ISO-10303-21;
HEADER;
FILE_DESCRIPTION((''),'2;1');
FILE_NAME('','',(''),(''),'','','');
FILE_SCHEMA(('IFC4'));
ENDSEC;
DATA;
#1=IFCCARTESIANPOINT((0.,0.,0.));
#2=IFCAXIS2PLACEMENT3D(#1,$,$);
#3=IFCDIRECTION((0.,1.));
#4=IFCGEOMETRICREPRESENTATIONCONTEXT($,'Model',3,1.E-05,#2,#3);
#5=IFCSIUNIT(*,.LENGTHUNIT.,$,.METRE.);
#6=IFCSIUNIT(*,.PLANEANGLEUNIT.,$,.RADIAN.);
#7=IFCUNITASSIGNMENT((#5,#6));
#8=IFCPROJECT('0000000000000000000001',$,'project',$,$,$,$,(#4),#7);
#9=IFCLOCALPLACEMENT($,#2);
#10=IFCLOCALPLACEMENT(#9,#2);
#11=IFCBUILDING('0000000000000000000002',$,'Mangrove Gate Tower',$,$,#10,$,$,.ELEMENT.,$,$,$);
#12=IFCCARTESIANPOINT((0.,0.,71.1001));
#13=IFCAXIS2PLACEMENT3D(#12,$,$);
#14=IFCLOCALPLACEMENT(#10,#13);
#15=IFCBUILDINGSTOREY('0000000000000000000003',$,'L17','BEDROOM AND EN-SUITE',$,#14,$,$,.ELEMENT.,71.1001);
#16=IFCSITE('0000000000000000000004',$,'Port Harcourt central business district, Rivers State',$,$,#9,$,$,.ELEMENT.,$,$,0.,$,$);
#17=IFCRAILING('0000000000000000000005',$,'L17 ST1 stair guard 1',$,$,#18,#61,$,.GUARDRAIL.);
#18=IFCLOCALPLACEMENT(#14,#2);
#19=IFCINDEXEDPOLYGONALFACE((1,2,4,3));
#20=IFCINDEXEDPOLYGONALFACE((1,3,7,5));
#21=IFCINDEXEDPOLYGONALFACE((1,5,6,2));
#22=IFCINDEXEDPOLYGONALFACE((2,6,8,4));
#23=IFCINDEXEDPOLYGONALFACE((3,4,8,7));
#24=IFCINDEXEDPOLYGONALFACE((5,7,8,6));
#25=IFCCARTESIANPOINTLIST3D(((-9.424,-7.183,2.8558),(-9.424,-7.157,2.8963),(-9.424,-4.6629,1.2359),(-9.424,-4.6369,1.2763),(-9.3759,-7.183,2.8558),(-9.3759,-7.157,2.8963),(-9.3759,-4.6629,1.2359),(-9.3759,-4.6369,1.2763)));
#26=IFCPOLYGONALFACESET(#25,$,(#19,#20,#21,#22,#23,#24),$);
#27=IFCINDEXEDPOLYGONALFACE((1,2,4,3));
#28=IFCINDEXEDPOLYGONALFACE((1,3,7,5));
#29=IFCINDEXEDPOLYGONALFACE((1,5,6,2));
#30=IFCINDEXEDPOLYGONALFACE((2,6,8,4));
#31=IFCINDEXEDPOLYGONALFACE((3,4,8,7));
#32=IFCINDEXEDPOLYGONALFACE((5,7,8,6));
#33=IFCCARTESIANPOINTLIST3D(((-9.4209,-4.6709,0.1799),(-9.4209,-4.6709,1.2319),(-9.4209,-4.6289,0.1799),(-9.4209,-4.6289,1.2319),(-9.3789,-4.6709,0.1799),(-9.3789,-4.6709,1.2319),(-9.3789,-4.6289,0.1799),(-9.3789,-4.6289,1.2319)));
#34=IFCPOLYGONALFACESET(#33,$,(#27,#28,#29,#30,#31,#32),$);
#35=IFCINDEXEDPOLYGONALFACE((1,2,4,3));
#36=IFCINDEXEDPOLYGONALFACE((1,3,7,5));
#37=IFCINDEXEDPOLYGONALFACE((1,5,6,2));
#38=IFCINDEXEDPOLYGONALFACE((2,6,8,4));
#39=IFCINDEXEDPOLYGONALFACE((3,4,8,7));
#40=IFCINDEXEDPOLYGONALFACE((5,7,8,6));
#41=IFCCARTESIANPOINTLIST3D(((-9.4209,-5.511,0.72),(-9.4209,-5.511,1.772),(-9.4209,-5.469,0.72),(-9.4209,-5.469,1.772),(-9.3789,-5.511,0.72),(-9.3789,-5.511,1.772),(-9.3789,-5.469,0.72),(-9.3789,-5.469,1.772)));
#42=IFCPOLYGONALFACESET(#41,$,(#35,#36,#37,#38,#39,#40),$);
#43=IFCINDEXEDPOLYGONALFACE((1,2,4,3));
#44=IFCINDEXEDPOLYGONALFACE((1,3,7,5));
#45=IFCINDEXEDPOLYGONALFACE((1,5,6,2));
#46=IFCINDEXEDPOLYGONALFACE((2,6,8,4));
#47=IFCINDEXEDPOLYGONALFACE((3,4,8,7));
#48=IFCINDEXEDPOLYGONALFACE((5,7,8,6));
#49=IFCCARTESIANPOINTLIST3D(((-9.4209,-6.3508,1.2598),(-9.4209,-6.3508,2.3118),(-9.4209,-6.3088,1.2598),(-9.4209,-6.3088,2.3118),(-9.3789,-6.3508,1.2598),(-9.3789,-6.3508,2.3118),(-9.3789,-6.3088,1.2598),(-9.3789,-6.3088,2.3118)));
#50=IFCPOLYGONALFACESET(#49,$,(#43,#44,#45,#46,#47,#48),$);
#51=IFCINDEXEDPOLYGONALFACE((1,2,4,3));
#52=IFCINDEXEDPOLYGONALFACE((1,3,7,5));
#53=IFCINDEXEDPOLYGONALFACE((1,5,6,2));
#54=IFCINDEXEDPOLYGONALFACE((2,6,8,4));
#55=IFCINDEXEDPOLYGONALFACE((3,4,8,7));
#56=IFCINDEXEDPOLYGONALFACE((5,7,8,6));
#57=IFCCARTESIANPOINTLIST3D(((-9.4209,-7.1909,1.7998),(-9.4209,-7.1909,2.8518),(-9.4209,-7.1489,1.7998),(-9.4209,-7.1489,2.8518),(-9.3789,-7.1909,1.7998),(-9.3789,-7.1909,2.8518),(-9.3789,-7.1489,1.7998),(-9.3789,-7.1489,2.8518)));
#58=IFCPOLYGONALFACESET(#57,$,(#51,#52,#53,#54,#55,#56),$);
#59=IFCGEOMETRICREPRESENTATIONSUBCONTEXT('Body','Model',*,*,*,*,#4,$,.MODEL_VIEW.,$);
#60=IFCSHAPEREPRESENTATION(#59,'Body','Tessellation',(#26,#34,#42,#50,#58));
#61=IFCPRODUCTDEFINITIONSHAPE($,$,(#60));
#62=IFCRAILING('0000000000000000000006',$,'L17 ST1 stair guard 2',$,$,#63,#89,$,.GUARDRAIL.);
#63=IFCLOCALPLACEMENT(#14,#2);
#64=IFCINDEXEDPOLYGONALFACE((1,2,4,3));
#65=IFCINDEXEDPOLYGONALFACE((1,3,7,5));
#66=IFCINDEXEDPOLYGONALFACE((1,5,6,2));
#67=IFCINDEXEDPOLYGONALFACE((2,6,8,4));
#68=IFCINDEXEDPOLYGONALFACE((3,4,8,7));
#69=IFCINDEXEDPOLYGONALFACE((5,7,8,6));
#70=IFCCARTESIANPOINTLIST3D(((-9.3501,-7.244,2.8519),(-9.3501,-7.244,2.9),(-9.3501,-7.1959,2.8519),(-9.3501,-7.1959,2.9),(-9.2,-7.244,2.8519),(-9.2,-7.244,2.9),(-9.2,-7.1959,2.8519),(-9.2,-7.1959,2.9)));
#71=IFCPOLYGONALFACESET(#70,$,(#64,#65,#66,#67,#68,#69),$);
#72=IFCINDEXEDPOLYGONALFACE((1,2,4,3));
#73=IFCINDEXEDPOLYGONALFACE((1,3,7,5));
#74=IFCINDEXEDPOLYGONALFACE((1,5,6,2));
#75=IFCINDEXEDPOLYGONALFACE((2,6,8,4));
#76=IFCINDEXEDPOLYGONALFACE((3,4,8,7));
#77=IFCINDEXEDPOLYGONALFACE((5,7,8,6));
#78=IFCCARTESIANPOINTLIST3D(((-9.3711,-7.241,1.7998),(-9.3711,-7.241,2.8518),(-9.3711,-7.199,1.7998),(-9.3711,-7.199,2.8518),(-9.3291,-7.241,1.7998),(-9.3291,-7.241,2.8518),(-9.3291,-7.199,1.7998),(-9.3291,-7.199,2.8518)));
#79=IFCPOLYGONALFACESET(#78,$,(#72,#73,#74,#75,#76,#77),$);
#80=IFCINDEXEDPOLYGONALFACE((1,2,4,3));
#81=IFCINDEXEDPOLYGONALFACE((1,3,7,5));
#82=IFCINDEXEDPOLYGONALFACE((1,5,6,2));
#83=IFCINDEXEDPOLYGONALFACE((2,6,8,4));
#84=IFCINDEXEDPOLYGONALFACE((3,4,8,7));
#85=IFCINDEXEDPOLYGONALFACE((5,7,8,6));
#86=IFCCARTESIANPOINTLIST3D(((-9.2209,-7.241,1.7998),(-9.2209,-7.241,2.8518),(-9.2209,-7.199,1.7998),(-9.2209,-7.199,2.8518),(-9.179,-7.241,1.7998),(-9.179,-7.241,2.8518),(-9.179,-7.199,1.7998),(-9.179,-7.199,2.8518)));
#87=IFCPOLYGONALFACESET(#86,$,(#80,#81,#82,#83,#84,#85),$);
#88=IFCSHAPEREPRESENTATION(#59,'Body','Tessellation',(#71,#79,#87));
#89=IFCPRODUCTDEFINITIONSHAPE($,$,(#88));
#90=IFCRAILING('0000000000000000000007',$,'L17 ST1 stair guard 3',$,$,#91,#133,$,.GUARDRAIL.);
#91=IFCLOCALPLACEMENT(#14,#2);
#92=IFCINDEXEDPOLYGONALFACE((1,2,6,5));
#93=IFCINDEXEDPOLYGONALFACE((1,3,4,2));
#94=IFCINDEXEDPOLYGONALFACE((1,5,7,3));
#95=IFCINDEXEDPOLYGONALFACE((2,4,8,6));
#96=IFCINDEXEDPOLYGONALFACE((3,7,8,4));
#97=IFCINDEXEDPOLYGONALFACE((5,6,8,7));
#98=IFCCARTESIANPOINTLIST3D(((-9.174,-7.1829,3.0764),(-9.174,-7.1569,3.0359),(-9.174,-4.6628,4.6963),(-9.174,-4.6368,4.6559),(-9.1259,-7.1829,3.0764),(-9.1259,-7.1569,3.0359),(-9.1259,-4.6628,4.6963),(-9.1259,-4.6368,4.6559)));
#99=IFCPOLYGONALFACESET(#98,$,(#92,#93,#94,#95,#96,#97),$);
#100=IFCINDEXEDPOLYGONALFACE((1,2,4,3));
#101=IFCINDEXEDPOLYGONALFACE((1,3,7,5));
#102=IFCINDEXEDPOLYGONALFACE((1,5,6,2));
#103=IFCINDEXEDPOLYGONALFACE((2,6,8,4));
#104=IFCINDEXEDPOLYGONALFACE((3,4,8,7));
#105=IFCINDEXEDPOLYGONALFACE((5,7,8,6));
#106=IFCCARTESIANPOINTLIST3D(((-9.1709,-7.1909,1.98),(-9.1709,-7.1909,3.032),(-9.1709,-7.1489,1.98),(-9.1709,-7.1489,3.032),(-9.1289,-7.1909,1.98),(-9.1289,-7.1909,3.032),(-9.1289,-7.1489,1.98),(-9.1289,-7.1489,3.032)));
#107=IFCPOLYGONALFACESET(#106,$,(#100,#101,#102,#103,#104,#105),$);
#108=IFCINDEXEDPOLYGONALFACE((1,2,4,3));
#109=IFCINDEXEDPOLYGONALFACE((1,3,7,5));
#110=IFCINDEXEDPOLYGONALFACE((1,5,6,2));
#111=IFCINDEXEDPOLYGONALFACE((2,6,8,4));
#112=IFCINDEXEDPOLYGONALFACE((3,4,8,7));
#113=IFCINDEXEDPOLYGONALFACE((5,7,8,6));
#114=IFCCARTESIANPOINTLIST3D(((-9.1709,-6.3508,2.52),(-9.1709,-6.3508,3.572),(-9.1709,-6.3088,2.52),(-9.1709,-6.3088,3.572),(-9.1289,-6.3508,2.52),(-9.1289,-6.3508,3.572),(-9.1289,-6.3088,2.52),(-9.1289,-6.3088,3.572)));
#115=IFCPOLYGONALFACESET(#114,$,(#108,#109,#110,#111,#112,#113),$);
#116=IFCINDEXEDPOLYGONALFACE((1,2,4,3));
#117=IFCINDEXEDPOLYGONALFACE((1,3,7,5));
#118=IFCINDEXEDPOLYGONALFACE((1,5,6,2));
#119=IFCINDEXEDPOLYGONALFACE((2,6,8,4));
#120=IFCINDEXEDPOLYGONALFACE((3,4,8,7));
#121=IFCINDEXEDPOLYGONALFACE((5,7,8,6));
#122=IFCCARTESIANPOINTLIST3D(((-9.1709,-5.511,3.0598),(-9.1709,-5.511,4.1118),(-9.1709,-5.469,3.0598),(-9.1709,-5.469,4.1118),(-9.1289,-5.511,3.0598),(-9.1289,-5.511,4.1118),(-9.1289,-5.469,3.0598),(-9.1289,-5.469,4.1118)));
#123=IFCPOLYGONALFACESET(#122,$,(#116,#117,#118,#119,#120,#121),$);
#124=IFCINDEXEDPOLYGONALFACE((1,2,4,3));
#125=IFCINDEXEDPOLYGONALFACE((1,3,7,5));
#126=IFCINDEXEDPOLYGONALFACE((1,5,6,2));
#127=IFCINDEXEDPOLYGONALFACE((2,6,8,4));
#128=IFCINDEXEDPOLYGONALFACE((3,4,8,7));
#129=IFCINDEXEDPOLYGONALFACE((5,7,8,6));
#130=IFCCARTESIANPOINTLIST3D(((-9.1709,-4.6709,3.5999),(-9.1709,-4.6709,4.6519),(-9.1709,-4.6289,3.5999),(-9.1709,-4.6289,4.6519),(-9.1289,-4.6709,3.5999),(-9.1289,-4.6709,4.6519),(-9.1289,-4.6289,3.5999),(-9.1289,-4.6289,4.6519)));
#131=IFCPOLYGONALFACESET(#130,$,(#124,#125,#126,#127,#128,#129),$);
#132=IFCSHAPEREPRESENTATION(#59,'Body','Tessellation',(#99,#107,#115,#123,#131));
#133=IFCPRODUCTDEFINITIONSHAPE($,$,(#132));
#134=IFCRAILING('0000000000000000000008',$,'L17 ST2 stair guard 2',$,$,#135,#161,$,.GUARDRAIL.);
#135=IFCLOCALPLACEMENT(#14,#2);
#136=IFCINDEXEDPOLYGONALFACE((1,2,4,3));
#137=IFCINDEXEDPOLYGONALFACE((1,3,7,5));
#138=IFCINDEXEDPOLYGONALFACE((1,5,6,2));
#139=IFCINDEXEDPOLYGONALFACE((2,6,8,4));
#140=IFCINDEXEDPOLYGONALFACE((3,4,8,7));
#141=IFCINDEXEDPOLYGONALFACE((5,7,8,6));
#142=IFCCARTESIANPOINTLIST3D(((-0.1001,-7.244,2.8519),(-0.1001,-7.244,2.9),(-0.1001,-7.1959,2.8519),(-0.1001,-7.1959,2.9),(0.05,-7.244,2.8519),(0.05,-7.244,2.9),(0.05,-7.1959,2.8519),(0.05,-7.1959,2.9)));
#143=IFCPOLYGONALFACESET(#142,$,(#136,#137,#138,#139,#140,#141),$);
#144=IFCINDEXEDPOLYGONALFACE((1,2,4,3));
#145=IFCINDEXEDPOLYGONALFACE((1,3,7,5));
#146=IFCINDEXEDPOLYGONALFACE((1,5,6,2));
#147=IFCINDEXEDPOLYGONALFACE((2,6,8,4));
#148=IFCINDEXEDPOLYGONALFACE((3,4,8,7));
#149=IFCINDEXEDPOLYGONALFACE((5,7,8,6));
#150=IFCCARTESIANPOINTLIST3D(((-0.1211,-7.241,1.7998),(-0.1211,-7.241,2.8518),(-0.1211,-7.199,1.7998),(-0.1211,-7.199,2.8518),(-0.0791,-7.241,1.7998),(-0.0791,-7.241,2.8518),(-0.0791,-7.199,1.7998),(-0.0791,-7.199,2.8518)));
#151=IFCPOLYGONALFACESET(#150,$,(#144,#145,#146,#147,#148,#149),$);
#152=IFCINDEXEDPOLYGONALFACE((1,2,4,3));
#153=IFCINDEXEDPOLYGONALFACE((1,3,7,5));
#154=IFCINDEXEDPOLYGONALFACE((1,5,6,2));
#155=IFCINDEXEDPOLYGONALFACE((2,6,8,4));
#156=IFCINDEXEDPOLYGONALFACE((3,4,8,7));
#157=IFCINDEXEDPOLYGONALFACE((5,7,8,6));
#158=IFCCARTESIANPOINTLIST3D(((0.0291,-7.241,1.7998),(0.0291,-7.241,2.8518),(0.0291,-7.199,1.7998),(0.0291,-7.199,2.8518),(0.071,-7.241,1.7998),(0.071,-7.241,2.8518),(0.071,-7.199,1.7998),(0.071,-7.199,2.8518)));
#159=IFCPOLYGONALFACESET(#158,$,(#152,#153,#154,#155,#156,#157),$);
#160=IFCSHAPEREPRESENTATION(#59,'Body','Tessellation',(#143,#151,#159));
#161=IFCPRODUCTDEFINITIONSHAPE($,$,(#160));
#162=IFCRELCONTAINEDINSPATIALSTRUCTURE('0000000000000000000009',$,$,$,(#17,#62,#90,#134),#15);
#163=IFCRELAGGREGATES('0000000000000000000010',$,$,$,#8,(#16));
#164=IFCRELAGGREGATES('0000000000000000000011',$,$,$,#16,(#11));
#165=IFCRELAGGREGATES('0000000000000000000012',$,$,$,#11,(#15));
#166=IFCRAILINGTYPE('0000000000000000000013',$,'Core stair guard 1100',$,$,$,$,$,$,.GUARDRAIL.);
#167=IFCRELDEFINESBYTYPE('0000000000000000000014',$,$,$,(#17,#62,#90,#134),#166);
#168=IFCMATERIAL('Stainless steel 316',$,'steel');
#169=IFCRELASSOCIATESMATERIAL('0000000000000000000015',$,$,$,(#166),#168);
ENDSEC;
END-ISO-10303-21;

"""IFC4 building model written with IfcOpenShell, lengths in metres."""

from ifc_helpers import new_model, si_unit, direction, frame, origin, origin_2d, place, context, subcontext, project, spatial, rectangle, extrude, material, type_object, element, save


model = new_model("IFC4")

# Units and contexts
model_context = context("Model", 3, precision=1e-05, world=origin(), true_north=direction((0.0, 1.0)))
body_context = subcontext(model_context, "Body", "Model", "MODEL_VIEW")
ifc_project = project(units=[si_unit("LENGTHUNIT", "METRE"), si_unit("PLANEANGLEUNIT", "RADIAN")], contexts=[model_context])

# Site, building, storey
site_placement = place(None, origin())
site = spatial("IfcSite", under=ifc_project, at=site_placement, Name="Port Harcourt central business district, Rivers State", CompositionType="ELEMENT", RefElevation=0.0)
building_placement = place(site_placement, origin())
building = spatial("IfcBuilding", under=site, at=building_placement, Name="Mangrove Gate Tower", CompositionType="ELEMENT")
storey_placement = place(building_placement, frame((0.0, 0.0, 71.1001)))
storey = spatial("IfcBuildingStorey", under=building, at=storey_placement, Name="L17", Description="BEDROOM AND EN-SUITE", CompositionType="ELEMENT", Elevation=71.1001)

# Railings
ifc_material_1 = material(Name="Stainless steel 316", Category="steel")
railing_type_1 = type_object("IfcRailingType", Name="Core stair guard 1100", PredefinedType="GUARDRAIL", material=ifc_material_1)
railing_1_placement = place(storey_placement, frame((-9.3999, -4.6499, 0.1799)))
element("IfcRailing", 1, at=railing_1_placement, inside=storey, type_object=railing_type_1, Name="L17 ST1 stair guard 1", PredefinedType="GUARDRAIL", context=body_context, shape_type="SweptSolid", body=[
    extrude(rectangle(XDim=0.0481, YDim=0.0481, at=origin_2d()), frame((0.0, 0.0, 1.0762), z_axis=(0.0, -0.8412, 0.540725), x_axis=(1.0, 0.0, 0.0)), (0.0, 0.0, 1.0), 2.9958),
    extrude(rectangle(XDim=0.042, YDim=0.042, at=origin_2d()), origin(), (0.0, 0.0, 1.0), 1.052),
    extrude(rectangle(XDim=0.042, YDim=0.042, at=origin_2d()), frame((0.0, -0.8401, 0.54)), (0.0, 0.0, 1.0), 1.052),
    extrude(rectangle(XDim=0.042, YDim=0.042, at=origin_2d()), frame((0.0, -1.6799, 1.0798)), (0.0, 0.0, 1.0), 1.052),
    extrude(rectangle(XDim=0.042, YDim=0.042, at=origin_2d()), frame((0.0, -2.52, 1.6199)), (0.0, 0.0, 1.0), 1.052),
])
railing_2_placement = place(storey_placement, frame((-9.3501, -7.22, 1.7998)))
element("IfcRailing", 2, at=railing_2_placement, inside=storey, type_object=railing_type_1, Name="L17 ST1 stair guard 2", PredefinedType="GUARDRAIL", context=body_context, shape_type="SweptSolid", body=[
    extrude(rectangle(XDim=0.0481, YDim=0.0481, at=origin_2d()), frame((0.0, 0.0, 1.0762), z_axis=(1.0, 0.0, 0.0), x_axis=(0.0, 1.0, 0.0)), (0.0, 0.0, 1.0), 0.1501),
    extrude(rectangle(XDim=0.042, YDim=0.042, at=origin_2d()), origin(), (0.0, 0.0, 1.0), 1.052),
    extrude(rectangle(XDim=0.042, YDim=0.042, at=origin_2d()), frame((0.1501, 0.0, 0.0)), (0.0, 0.0, 1.0), 1.052),
])
railing_3_placement = place(storey_placement, frame((-9.1499, -7.1699, 1.98)))
element("IfcRailing", 3, at=railing_3_placement, inside=storey, type_object=railing_type_1, Name="L17 ST1 stair guard 3", PredefinedType="GUARDRAIL", context=body_context, shape_type="SweptSolid", body=[
    extrude(rectangle(XDim=0.0481, YDim=0.0481, at=origin_2d()), frame((0.0, 0.0, 1.0762), z_axis=(0.0, 0.8412, 0.540725), x_axis=(-1.0, 0.0, 0.0)), (0.0, 0.0, 1.0), 2.9958),
    extrude(rectangle(XDim=0.042, YDim=0.042, at=origin_2d()), origin(), (0.0, 0.0, 1.0), 1.052),
    extrude(rectangle(XDim=0.042, YDim=0.042, at=origin_2d()), frame((0.0, 0.8401, 0.54)), (0.0, 0.0, 1.0), 1.052),
    extrude(rectangle(XDim=0.042, YDim=0.042, at=origin_2d()), frame((0.0, 1.6799, 1.0798)), (0.0, 0.0, 1.0), 1.052),
    extrude(rectangle(XDim=0.042, YDim=0.042, at=origin_2d()), frame((0.0, 2.52, 1.6199)), (0.0, 0.0, 1.0), 1.052),
])
railing_4_placement = place(storey_placement, frame((-0.1001, -7.22, 1.7998)))
element("IfcRailing", 4, at=railing_4_placement, inside=storey, type_object=railing_type_1, Name="L17 ST2 stair guard 2", PredefinedType="GUARDRAIL", context=body_context, shape_type="SweptSolid", body=[
    extrude(rectangle(XDim=0.0481, YDim=0.0481, at=origin_2d()), frame((0.0, 0.0, 1.0762), z_axis=(1.0, 0.0, 0.0), x_axis=(0.0, 1.0, 0.0)), (0.0, 0.0, 1.0), 0.1501),
    extrude(rectangle(XDim=0.042, YDim=0.042, at=origin_2d()), origin(), (0.0, 0.0, 1.0), 1.052),
    extrude(rectangle(XDim=0.042, YDim=0.042, at=origin_2d()), frame((0.1501, 0.0, 0.0)), (0.0, 0.0, 1.0), 1.052),
])

save(model, "model.ifc")
